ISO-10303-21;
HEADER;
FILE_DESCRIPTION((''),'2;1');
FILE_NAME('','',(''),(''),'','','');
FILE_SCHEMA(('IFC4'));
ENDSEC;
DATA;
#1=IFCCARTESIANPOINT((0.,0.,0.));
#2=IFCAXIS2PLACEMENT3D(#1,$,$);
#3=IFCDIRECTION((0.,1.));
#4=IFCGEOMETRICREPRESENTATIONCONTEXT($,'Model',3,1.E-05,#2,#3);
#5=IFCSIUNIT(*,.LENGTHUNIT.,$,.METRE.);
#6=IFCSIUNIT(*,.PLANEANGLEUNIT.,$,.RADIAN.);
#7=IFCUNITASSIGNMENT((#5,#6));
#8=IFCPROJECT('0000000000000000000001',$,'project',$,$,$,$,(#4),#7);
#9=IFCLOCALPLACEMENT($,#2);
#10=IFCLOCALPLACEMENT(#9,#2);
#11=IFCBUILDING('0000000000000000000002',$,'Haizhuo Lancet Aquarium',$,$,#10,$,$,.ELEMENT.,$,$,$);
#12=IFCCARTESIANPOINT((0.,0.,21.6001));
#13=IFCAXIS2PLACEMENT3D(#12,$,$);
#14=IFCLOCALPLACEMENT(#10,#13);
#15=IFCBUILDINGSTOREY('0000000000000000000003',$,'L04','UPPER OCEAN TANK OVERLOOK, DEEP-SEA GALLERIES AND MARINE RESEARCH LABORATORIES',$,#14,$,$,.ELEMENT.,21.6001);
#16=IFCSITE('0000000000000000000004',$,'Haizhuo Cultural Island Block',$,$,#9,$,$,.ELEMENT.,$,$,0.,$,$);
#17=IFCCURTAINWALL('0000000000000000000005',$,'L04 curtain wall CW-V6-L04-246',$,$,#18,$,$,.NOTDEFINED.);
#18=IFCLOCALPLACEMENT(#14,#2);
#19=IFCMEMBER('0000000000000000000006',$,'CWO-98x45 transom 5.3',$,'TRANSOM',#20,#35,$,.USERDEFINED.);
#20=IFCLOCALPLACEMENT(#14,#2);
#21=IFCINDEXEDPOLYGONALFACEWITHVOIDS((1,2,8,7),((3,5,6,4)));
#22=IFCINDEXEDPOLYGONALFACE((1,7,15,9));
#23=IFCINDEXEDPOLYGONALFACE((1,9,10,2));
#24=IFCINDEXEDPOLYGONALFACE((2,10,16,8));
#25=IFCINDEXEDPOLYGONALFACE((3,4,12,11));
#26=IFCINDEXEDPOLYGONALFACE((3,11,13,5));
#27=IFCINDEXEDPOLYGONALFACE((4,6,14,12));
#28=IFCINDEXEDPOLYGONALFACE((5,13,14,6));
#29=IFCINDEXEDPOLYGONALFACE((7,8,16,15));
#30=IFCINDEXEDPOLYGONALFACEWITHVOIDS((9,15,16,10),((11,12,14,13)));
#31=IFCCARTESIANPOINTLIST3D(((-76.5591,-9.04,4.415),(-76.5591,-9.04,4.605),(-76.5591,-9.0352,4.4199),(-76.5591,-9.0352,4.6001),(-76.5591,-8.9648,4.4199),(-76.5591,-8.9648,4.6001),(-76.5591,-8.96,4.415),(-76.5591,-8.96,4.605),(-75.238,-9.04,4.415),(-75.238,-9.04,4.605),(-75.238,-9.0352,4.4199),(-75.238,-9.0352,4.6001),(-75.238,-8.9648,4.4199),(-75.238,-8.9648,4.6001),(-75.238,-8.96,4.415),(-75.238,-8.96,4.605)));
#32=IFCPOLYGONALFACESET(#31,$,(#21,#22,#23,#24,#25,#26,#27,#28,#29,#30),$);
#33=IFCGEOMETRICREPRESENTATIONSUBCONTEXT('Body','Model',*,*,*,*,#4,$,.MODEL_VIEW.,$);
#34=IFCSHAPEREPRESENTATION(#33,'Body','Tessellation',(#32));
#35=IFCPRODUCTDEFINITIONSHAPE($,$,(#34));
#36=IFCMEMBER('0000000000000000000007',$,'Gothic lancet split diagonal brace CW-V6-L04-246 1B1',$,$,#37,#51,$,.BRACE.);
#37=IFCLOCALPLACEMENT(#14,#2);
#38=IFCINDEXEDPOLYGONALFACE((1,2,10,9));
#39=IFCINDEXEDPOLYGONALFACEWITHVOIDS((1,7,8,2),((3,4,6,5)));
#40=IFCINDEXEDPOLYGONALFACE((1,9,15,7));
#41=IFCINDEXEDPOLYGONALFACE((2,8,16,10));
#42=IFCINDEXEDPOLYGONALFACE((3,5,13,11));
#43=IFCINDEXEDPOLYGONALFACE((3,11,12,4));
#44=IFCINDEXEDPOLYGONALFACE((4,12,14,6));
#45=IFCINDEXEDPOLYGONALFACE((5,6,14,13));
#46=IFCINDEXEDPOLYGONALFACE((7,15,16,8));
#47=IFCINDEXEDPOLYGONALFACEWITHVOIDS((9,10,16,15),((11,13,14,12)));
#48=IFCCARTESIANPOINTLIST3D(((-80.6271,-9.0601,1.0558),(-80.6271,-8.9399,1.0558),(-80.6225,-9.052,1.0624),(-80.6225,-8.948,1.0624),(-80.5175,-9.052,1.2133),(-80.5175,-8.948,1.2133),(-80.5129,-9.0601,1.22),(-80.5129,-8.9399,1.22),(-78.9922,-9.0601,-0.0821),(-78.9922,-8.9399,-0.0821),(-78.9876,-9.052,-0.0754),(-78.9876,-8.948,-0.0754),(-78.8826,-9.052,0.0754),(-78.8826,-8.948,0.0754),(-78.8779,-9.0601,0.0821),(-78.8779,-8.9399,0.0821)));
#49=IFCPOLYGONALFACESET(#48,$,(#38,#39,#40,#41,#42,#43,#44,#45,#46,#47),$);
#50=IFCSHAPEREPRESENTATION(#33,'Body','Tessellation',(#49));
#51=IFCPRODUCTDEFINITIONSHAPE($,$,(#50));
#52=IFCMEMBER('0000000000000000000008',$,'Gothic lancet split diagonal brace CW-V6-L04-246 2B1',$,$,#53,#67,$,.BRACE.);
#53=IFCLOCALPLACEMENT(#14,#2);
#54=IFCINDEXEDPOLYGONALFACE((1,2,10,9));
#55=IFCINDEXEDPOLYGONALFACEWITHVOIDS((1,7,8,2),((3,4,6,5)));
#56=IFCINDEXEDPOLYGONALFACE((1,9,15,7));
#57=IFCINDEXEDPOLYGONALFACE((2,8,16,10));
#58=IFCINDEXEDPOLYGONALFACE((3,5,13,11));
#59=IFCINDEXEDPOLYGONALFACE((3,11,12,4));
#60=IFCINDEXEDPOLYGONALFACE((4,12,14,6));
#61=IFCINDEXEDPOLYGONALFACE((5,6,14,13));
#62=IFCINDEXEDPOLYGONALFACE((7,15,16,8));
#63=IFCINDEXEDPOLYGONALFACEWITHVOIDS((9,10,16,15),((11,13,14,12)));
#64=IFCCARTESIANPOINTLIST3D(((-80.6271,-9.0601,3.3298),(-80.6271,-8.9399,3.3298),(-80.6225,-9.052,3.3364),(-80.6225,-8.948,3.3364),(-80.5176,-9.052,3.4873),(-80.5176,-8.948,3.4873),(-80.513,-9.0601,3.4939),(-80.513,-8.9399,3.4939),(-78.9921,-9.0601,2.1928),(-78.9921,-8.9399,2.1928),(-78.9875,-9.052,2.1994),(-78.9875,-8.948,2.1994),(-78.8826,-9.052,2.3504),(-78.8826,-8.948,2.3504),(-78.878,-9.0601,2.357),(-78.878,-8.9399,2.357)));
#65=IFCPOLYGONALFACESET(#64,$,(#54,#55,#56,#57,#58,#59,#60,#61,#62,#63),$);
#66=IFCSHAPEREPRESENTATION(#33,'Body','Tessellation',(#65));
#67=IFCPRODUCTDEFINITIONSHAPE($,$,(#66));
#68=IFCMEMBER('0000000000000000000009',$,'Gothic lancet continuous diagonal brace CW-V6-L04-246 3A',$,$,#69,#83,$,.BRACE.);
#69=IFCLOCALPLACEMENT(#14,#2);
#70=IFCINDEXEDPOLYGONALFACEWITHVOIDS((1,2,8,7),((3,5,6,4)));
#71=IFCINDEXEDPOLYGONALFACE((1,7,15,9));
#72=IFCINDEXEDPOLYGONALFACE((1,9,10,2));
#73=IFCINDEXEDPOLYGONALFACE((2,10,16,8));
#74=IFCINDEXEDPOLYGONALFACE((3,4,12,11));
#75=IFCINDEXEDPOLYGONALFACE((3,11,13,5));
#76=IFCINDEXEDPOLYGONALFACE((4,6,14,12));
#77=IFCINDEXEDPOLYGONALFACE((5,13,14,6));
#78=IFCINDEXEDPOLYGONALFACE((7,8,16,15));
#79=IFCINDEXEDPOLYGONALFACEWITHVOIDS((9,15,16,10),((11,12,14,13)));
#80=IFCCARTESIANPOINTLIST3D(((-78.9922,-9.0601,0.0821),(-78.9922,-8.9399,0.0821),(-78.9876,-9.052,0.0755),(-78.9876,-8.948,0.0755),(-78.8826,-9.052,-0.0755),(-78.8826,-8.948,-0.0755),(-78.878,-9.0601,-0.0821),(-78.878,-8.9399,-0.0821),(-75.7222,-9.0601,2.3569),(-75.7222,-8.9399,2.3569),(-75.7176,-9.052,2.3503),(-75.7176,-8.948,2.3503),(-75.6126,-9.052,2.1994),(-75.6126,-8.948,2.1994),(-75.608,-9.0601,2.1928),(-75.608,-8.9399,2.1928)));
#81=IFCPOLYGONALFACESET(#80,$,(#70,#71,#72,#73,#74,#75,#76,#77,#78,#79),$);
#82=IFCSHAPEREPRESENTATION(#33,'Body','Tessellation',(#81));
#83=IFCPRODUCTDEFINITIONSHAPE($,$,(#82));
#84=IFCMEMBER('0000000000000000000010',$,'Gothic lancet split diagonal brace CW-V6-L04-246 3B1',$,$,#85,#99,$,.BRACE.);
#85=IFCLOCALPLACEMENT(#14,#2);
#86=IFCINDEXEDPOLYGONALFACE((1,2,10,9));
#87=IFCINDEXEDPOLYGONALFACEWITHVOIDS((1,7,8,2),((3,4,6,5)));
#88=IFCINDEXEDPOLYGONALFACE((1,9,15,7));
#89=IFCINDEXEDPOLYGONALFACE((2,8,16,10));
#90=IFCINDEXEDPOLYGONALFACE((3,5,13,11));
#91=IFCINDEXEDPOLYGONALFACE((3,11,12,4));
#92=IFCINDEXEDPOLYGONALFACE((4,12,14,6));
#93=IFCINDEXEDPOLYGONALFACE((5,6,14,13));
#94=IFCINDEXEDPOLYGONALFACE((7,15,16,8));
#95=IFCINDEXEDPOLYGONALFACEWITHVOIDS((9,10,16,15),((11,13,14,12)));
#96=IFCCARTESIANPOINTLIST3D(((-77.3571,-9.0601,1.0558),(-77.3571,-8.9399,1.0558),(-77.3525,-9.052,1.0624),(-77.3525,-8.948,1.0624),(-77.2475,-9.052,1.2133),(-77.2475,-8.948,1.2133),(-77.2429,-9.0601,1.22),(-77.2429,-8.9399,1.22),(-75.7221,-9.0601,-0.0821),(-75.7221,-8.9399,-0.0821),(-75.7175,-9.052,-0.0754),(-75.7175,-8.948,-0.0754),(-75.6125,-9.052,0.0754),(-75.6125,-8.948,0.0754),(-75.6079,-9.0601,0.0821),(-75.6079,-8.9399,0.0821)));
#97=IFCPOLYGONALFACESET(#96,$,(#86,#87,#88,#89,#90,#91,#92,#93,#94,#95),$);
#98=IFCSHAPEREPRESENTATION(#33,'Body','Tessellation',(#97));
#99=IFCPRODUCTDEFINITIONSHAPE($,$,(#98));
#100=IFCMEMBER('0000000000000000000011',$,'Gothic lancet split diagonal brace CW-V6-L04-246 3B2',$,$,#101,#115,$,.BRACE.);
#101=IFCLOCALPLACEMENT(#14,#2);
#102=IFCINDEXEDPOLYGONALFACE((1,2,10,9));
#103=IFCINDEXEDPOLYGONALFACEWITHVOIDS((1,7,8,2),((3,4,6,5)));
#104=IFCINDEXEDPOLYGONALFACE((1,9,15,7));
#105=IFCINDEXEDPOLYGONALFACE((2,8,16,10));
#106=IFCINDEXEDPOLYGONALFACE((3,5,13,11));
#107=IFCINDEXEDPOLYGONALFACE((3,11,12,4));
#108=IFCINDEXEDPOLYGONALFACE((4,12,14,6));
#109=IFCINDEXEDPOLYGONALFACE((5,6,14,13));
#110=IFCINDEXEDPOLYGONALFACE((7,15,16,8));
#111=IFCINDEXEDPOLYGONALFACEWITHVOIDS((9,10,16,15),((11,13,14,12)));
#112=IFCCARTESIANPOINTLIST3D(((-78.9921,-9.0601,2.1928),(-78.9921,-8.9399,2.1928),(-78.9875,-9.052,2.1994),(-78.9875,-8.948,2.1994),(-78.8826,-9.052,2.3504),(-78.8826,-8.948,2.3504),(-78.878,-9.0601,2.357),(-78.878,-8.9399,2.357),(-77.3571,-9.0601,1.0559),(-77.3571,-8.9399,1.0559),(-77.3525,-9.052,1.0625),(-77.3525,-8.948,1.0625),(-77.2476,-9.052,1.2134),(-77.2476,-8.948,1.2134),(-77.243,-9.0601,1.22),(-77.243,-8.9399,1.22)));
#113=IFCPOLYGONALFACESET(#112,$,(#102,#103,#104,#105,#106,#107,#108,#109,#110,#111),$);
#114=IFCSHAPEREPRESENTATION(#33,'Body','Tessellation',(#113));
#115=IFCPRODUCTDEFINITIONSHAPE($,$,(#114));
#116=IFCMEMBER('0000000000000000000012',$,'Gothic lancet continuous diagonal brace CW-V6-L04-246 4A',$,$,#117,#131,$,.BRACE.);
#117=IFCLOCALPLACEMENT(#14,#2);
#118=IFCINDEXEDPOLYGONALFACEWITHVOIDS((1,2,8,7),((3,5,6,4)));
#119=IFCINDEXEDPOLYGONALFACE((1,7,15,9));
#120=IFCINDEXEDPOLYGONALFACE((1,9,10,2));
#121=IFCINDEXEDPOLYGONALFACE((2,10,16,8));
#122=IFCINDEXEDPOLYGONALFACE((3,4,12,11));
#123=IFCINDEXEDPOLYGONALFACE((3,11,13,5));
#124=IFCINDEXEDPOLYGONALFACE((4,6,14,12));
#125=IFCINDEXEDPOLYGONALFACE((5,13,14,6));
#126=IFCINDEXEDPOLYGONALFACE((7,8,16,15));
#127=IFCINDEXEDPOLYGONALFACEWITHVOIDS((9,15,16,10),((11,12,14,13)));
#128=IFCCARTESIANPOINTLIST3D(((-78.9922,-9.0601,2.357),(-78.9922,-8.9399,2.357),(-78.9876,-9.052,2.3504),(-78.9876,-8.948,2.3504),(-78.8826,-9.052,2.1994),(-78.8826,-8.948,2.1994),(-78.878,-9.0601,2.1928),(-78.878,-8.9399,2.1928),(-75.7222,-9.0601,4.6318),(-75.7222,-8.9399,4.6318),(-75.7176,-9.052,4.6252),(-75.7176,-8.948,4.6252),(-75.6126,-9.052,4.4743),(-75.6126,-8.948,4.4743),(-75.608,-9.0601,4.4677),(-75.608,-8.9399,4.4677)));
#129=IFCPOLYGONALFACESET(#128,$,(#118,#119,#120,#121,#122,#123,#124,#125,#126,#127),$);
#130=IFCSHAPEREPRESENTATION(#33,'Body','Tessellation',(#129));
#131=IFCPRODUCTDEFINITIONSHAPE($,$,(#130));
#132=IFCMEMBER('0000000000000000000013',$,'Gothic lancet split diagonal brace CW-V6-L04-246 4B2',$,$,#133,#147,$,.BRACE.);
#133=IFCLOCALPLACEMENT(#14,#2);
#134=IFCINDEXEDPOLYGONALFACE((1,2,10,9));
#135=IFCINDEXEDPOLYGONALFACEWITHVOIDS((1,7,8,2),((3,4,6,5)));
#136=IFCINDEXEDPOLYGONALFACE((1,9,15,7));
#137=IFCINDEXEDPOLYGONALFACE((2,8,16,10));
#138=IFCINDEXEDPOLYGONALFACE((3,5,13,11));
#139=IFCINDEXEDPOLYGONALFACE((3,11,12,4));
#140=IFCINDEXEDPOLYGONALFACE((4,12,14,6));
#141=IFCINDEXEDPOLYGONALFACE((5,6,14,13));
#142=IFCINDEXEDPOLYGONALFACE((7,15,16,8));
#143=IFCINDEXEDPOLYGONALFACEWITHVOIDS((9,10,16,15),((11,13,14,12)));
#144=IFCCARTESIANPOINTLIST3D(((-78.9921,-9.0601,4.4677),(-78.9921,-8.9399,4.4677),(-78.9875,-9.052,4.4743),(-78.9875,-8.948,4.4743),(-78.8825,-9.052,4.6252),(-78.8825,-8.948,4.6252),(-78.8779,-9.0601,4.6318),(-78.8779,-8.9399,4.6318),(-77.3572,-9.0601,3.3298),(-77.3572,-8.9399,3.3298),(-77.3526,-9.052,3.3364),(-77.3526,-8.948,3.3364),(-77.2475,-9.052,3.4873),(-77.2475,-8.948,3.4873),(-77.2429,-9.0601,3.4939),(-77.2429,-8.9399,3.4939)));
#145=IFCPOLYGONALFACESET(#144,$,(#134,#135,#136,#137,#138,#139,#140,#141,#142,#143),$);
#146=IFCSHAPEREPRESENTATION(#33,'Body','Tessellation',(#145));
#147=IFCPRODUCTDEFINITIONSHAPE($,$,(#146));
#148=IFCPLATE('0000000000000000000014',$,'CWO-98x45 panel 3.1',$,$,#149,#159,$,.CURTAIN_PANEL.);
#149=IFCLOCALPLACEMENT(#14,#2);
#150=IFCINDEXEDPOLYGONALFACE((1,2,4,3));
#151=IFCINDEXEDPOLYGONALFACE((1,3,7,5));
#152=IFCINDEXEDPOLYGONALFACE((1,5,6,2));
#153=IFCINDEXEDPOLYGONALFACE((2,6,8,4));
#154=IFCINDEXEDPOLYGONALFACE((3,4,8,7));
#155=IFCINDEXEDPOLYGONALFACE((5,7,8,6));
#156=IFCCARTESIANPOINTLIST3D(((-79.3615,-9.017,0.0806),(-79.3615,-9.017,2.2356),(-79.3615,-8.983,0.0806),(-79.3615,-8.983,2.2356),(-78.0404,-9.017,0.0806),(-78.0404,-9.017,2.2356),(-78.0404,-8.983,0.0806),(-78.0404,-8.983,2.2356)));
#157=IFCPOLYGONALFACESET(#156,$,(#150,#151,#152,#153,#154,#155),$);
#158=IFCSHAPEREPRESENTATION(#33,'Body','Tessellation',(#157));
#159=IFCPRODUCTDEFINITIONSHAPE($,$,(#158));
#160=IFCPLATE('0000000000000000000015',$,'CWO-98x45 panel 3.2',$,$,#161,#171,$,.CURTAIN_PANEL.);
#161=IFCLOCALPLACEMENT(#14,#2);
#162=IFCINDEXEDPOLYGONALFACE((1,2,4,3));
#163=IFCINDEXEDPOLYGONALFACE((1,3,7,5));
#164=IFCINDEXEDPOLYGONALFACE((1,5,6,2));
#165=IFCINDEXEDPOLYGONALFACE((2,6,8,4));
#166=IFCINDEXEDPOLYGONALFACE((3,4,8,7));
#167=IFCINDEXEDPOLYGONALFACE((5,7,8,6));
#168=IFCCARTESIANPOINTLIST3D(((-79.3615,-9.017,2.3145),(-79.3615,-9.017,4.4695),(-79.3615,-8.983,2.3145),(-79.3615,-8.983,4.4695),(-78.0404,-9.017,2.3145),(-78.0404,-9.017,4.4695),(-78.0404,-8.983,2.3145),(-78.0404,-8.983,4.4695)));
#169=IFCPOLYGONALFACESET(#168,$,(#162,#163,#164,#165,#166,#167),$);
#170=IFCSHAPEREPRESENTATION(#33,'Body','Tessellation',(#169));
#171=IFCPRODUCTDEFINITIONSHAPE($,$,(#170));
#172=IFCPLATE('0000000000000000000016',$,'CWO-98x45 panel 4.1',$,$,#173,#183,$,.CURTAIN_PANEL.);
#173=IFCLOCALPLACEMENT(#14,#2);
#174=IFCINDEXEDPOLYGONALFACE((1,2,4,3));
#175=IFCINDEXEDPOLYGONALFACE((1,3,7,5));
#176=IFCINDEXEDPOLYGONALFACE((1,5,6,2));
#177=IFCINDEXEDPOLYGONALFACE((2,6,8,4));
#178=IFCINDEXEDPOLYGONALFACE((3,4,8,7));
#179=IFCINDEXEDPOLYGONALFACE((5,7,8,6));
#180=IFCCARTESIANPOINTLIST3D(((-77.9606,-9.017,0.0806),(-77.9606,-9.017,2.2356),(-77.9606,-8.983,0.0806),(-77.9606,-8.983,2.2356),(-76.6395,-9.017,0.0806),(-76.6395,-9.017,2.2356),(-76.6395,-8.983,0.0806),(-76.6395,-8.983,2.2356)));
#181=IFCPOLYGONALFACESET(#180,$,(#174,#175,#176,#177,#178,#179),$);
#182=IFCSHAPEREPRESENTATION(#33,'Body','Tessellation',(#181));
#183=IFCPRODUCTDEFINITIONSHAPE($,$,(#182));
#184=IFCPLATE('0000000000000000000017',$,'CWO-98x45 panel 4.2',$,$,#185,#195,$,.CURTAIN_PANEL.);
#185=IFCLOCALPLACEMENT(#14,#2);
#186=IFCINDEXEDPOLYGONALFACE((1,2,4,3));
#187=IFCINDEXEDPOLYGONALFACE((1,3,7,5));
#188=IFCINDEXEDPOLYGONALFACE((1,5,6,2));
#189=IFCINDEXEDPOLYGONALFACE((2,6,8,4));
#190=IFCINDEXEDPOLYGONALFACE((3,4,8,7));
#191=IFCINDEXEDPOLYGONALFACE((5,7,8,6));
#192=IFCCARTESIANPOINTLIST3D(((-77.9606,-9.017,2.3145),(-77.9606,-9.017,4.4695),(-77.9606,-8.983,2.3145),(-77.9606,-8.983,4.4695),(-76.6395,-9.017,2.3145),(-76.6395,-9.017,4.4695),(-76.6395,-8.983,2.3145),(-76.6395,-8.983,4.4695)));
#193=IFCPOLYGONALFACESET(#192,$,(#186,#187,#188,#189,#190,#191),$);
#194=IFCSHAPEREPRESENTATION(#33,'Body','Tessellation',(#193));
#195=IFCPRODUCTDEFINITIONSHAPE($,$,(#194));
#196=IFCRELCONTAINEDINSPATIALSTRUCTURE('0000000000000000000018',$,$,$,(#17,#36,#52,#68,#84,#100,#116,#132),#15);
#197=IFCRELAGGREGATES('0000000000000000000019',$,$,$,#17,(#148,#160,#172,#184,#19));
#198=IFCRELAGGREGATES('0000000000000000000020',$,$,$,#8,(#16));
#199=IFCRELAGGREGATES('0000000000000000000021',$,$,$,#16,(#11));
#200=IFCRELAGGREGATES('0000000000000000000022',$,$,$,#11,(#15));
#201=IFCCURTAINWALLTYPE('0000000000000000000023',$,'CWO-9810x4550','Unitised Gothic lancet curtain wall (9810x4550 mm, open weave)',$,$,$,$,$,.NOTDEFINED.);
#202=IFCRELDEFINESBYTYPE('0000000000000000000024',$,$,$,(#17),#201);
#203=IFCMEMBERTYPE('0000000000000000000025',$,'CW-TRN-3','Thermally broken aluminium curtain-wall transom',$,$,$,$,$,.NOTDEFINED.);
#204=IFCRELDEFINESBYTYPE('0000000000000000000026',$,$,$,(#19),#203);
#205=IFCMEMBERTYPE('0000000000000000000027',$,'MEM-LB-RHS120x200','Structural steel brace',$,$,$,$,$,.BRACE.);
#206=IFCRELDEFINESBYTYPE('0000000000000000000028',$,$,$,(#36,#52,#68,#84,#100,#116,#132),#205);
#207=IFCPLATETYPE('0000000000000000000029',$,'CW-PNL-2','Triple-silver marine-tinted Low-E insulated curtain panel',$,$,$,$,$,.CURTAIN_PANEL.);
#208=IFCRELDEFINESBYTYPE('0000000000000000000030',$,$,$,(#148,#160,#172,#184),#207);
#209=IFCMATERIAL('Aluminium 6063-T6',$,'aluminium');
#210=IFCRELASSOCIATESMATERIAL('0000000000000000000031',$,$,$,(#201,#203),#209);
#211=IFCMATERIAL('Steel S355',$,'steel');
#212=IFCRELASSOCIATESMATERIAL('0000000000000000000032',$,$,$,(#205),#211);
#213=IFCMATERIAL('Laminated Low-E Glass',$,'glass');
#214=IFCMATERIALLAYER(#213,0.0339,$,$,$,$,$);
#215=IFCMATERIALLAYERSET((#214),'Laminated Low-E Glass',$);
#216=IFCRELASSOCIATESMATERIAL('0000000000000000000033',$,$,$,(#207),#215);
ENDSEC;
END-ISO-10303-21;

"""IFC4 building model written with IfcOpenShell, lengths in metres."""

from ifc_helpers import new_model, si_unit, direction, frame, origin, origin_2d, place, context, subcontext, project, spatial, rectangle, hollow_rectangle, extrude, material, layer, layer_set, material_profile, profile_set, type_object, element, aggregate, save


model = new_model("IFC4")

# Units and contexts
model_context = context("Model", 3, precision=1e-05, world=origin(), true_north=direction((0.0, 1.0)))
body_context = subcontext(model_context, "Body", "Model", "MODEL_VIEW")
ifc_project = project(units=[si_unit("LENGTHUNIT", "METRE"), si_unit("PLANEANGLEUNIT", "RADIAN")], contexts=[model_context])

# Site, building, storey
site_placement = place(None, origin())
site = spatial("IfcSite", under=ifc_project, at=site_placement, Name="Haizhuo Cultural Island Block", CompositionType="ELEMENT", RefElevation=0.0)
building_placement = place(site_placement, origin())
building = spatial("IfcBuilding", under=site, at=building_placement, Name="Haizhuo Lancet Aquarium", CompositionType="ELEMENT")
storey_placement = place(building_placement, frame((0.0, 0.0, 21.6001)))
storey = spatial("IfcBuildingStorey", under=building, at=storey_placement, Name="L04", Description="UPPER OCEAN TANK OVERLOOK, DEEP-SEA GALLERIES AND MARINE RESEARCH LABORATORIES", CompositionType="ELEMENT", Elevation=21.6001)

# Curtain wall, member
ifc_material_1 = material(Name="Aluminium 6063-T6", Category="aluminium")
curtain_wall_type = type_object("IfcCurtainWallType", Name="CWO-9810x4550", Description="Unitised Gothic lancet curtain wall (9810x4550 mm, open weave)", PredefinedType="NOTDEFINED", material=ifc_material_1)
curtain_wall_placement = place(storey_placement, origin())
curtain_wall = element("IfcCurtainWall", 1, at=curtain_wall_placement, inside=storey, type_object=curtain_wall_type, Name="L04 curtain wall CW-V6-L04-246", PredefinedType="NOTDEFINED")
ifc_material_profile_1 = material_profile(ifc_material_1, hollow_rectangle(XDim=0.0801, YDim=0.1899, WallThickness=0.0049, at=origin_2d()), Name="ALU-T 80x190x5")
ifc_profile_set_1 = profile_set([ifc_material_profile_1], Name="Aluminium 6063-T6")
member_type_1 = type_object("IfcMemberType", Name="CW-TRN-3", Description="Thermally broken aluminium curtain-wall transom", PredefinedType="NOTDEFINED", material=ifc_profile_set_1)
member_1_placement = place(storey_placement, frame((-76.5591, -9.0, 4.51), z_axis=(1.0, 0.0, 0.0), x_axis=(0.0, 1.0, 0.0)))
member_1 = element("IfcMember", 2, at=member_1_placement, type_object=member_type_1, Name="CWO-98x45 transom 5.3", ObjectType="TRANSOM", PredefinedType="USERDEFINED", context=body_context, shape_type="SweptSolid", body=[
    extrude(hollow_rectangle(XDim=0.0801, YDim=0.1899, WallThickness=0.0049, at=origin_2d()), origin(), (0.0, 0.0, 1.0), 1.321),
])

# Members
ifc_material_2 = material(Name="Steel S355", Category="steel")
ifc_material_profile_2 = material_profile(ifc_material_2, hollow_rectangle(XDim=0.1201, YDim=0.2, WallThickness=0.0081, at=origin_2d()), Name="RHS 120x200x8")
ifc_profile_set_2 = profile_set([ifc_material_profile_2], Name="Steel S355")
member_type_2 = type_object("IfcMemberType", Name="MEM-LB-RHS120x200", Description="Structural steel brace", PredefinedType="BRACE", material=ifc_profile_set_2)
member_2_placement = place(storey_placement, frame((-78.9351, -9.0, 0.0), z_axis=(-0.820778, 0.0, 0.571248), x_axis=(0.0, -1.0, 0.0)))
element("IfcMember", 3, at=member_2_placement, inside=storey, type_object=member_type_2, Name="Gothic lancet split diagonal brace CW-V6-L04-246 1B1", PredefinedType="BRACE", context=body_context, shape_type="SweptSolid", body=[
    extrude(hollow_rectangle(XDim=0.1201, YDim=0.2, WallThickness=0.0081, at=origin_2d()), origin(), (0.0, 0.0, 1.0), 1.9919),
])
member_3_placement = place(storey_placement, frame((-78.9351, -9.0, 2.2749), z_axis=(-0.821008, 0.0, 0.570917), x_axis=(0.0, -1.0, 0.0)))
element("IfcMember", 4, at=member_3_placement, inside=storey, type_object=member_type_2, Name="Gothic lancet split diagonal brace CW-V6-L04-246 2B1", PredefinedType="BRACE", context=body_context, shape_type="SweptSolid", body=[
    extrude(hollow_rectangle(XDim=0.1201, YDim=0.2, WallThickness=0.0081, at=origin_2d()), origin(), (0.0, 0.0, 1.0), 1.9915),
])
member_4_placement = place(storey_placement, frame((-78.9351, -9.0, 0.0), z_axis=(0.820893, 0.0, 0.571082), x_axis=(0.0, 1.0, 0.0)))
element("IfcMember", 5, at=member_4_placement, inside=storey, type_object=member_type_2, Name="Gothic lancet continuous diagonal brace CW-V6-L04-246 3A", PredefinedType="BRACE", context=body_context, shape_type="SweptSolid", body=[
    extrude(hollow_rectangle(XDim=0.1201, YDim=0.2, WallThickness=0.0081, at=origin_2d()), origin(), (0.0, 0.0, 1.0), 3.9834),
])
member_5_placement = place(storey_placement, frame((-75.665, -9.0, 0.0), z_axis=(-0.820778, 0.0, 0.571248), x_axis=(0.0, -1.0, 0.0)))
element("IfcMember", 6, at=member_5_placement, inside=storey, type_object=member_type_2, Name="Gothic lancet split diagonal brace CW-V6-L04-246 3B1", PredefinedType="BRACE", context=body_context, shape_type="SweptSolid", body=[
    extrude(hollow_rectangle(XDim=0.1201, YDim=0.2, WallThickness=0.0081, at=origin_2d()), origin(), (0.0, 0.0, 1.0), 1.9919),
])
member_6_placement = place(storey_placement, frame((-77.3, -9.0, 1.1379), z_axis=(-0.821008, 0.0, 0.570917), x_axis=(0.0, -1.0, 0.0)))
element("IfcMember", 7, at=member_6_placement, inside=storey, type_object=member_type_2, Name="Gothic lancet split diagonal brace CW-V6-L04-246 3B2", PredefinedType="BRACE", context=body_context, shape_type="SweptSolid", body=[
    extrude(hollow_rectangle(XDim=0.1201, YDim=0.2, WallThickness=0.0081, at=origin_2d()), origin(), (0.0, 0.0, 1.0), 1.9915),
])
member_7_placement = place(storey_placement, frame((-78.9351, -9.0, 2.2749), z_axis=(0.820893, 0.0, 0.571082), x_axis=(0.0, 1.0, 0.0)))
element("IfcMember", 8, at=member_7_placement, inside=storey, type_object=member_type_2, Name="Gothic lancet continuous diagonal brace CW-V6-L04-246 4A", PredefinedType="BRACE", context=body_context, shape_type="SweptSolid", body=[
    extrude(hollow_rectangle(XDim=0.1201, YDim=0.2, WallThickness=0.0081, at=origin_2d()), origin(), (0.0, 0.0, 1.0), 3.9834),
])
member_8_placement = place(storey_placement, frame((-77.3, -9.0, 3.4119), z_axis=(-0.820778, 0.0, 0.571248), x_axis=(0.0, -1.0, 0.0)))
element("IfcMember", 9, at=member_8_placement, inside=storey, type_object=member_type_2, Name="Gothic lancet split diagonal brace CW-V6-L04-246 4B2", PredefinedType="BRACE", context=body_context, shape_type="SweptSolid", body=[
    extrude(hollow_rectangle(XDim=0.1201, YDim=0.2, WallThickness=0.0081, at=origin_2d()), origin(), (0.0, 0.0, 1.0), 1.9919),
])

# Plates
ifc_material_3 = material(Name="Laminated Low-E Glass", Category="glass")
ifc_layer = layer(ifc_material_3, 0.0339)
ifc_layer_set = layer_set([ifc_layer], Name="Laminated Low-E Glass")
plate_type = type_object("IfcPlateType", Name="CW-PNL-2", Description="Triple-silver marine-tinted Low-E insulated curtain panel", PredefinedType="CURTAIN_PANEL", material=ifc_layer_set)
plate_1_placement = place(storey_placement, frame((-78.7009, -9.0, 0.0806), z_axis=(0.0, 0.0, 1.0), x_axis=(1.0, 0.0, 0.0)))
plate_1 = element("IfcPlate", 10, at=plate_1_placement, type_object=plate_type, Name="CWO-98x45 panel 3.1", PredefinedType="CURTAIN_PANEL", context=body_context, shape_type="SweptSolid", body=[
    extrude(rectangle(XDim=1.321, YDim=0.0339, at=origin_2d()), origin(), (0.0, 0.0, 1.0), 2.155),
])
plate_2_placement = place(storey_placement, frame((-78.7009, -9.0, 2.3145), z_axis=(0.0, 0.0, 1.0), x_axis=(1.0, 0.0, 0.0)))
plate_2 = element("IfcPlate", 11, at=plate_2_placement, type_object=plate_type, Name="CWO-98x45 panel 3.2", PredefinedType="CURTAIN_PANEL", context=body_context, shape_type="SweptSolid", body=[
    extrude(rectangle(XDim=1.321, YDim=0.0339, at=origin_2d()), origin(), (0.0, 0.0, 1.0), 2.155),
])
plate_3_placement = place(storey_placement, frame((-77.3, -9.0, 0.0806), z_axis=(0.0, 0.0, 1.0), x_axis=(1.0, 0.0, 0.0)))
plate_3 = element("IfcPlate", 12, at=plate_3_placement, type_object=plate_type, Name="CWO-98x45 panel 4.1", PredefinedType="CURTAIN_PANEL", context=body_context, shape_type="SweptSolid", body=[
    extrude(rectangle(XDim=1.321, YDim=0.0339, at=origin_2d()), origin(), (0.0, 0.0, 1.0), 2.155),
])
plate_4_placement = place(storey_placement, frame((-77.3, -9.0, 2.3145), z_axis=(0.0, 0.0, 1.0), x_axis=(1.0, 0.0, 0.0)))
plate_4 = element("IfcPlate", 13, at=plate_4_placement, type_object=plate_type, Name="CWO-98x45 panel 4.2", PredefinedType="CURTAIN_PANEL", context=body_context, shape_type="SweptSolid", body=[
    extrude(rectangle(XDim=1.321, YDim=0.0339, at=origin_2d()), origin(), (0.0, 0.0, 1.0), 2.155),
])
aggregate(curtain_wall, [plate_1, plate_2, plate_3, plate_4, member_1])

save(model, "model.ifc")
